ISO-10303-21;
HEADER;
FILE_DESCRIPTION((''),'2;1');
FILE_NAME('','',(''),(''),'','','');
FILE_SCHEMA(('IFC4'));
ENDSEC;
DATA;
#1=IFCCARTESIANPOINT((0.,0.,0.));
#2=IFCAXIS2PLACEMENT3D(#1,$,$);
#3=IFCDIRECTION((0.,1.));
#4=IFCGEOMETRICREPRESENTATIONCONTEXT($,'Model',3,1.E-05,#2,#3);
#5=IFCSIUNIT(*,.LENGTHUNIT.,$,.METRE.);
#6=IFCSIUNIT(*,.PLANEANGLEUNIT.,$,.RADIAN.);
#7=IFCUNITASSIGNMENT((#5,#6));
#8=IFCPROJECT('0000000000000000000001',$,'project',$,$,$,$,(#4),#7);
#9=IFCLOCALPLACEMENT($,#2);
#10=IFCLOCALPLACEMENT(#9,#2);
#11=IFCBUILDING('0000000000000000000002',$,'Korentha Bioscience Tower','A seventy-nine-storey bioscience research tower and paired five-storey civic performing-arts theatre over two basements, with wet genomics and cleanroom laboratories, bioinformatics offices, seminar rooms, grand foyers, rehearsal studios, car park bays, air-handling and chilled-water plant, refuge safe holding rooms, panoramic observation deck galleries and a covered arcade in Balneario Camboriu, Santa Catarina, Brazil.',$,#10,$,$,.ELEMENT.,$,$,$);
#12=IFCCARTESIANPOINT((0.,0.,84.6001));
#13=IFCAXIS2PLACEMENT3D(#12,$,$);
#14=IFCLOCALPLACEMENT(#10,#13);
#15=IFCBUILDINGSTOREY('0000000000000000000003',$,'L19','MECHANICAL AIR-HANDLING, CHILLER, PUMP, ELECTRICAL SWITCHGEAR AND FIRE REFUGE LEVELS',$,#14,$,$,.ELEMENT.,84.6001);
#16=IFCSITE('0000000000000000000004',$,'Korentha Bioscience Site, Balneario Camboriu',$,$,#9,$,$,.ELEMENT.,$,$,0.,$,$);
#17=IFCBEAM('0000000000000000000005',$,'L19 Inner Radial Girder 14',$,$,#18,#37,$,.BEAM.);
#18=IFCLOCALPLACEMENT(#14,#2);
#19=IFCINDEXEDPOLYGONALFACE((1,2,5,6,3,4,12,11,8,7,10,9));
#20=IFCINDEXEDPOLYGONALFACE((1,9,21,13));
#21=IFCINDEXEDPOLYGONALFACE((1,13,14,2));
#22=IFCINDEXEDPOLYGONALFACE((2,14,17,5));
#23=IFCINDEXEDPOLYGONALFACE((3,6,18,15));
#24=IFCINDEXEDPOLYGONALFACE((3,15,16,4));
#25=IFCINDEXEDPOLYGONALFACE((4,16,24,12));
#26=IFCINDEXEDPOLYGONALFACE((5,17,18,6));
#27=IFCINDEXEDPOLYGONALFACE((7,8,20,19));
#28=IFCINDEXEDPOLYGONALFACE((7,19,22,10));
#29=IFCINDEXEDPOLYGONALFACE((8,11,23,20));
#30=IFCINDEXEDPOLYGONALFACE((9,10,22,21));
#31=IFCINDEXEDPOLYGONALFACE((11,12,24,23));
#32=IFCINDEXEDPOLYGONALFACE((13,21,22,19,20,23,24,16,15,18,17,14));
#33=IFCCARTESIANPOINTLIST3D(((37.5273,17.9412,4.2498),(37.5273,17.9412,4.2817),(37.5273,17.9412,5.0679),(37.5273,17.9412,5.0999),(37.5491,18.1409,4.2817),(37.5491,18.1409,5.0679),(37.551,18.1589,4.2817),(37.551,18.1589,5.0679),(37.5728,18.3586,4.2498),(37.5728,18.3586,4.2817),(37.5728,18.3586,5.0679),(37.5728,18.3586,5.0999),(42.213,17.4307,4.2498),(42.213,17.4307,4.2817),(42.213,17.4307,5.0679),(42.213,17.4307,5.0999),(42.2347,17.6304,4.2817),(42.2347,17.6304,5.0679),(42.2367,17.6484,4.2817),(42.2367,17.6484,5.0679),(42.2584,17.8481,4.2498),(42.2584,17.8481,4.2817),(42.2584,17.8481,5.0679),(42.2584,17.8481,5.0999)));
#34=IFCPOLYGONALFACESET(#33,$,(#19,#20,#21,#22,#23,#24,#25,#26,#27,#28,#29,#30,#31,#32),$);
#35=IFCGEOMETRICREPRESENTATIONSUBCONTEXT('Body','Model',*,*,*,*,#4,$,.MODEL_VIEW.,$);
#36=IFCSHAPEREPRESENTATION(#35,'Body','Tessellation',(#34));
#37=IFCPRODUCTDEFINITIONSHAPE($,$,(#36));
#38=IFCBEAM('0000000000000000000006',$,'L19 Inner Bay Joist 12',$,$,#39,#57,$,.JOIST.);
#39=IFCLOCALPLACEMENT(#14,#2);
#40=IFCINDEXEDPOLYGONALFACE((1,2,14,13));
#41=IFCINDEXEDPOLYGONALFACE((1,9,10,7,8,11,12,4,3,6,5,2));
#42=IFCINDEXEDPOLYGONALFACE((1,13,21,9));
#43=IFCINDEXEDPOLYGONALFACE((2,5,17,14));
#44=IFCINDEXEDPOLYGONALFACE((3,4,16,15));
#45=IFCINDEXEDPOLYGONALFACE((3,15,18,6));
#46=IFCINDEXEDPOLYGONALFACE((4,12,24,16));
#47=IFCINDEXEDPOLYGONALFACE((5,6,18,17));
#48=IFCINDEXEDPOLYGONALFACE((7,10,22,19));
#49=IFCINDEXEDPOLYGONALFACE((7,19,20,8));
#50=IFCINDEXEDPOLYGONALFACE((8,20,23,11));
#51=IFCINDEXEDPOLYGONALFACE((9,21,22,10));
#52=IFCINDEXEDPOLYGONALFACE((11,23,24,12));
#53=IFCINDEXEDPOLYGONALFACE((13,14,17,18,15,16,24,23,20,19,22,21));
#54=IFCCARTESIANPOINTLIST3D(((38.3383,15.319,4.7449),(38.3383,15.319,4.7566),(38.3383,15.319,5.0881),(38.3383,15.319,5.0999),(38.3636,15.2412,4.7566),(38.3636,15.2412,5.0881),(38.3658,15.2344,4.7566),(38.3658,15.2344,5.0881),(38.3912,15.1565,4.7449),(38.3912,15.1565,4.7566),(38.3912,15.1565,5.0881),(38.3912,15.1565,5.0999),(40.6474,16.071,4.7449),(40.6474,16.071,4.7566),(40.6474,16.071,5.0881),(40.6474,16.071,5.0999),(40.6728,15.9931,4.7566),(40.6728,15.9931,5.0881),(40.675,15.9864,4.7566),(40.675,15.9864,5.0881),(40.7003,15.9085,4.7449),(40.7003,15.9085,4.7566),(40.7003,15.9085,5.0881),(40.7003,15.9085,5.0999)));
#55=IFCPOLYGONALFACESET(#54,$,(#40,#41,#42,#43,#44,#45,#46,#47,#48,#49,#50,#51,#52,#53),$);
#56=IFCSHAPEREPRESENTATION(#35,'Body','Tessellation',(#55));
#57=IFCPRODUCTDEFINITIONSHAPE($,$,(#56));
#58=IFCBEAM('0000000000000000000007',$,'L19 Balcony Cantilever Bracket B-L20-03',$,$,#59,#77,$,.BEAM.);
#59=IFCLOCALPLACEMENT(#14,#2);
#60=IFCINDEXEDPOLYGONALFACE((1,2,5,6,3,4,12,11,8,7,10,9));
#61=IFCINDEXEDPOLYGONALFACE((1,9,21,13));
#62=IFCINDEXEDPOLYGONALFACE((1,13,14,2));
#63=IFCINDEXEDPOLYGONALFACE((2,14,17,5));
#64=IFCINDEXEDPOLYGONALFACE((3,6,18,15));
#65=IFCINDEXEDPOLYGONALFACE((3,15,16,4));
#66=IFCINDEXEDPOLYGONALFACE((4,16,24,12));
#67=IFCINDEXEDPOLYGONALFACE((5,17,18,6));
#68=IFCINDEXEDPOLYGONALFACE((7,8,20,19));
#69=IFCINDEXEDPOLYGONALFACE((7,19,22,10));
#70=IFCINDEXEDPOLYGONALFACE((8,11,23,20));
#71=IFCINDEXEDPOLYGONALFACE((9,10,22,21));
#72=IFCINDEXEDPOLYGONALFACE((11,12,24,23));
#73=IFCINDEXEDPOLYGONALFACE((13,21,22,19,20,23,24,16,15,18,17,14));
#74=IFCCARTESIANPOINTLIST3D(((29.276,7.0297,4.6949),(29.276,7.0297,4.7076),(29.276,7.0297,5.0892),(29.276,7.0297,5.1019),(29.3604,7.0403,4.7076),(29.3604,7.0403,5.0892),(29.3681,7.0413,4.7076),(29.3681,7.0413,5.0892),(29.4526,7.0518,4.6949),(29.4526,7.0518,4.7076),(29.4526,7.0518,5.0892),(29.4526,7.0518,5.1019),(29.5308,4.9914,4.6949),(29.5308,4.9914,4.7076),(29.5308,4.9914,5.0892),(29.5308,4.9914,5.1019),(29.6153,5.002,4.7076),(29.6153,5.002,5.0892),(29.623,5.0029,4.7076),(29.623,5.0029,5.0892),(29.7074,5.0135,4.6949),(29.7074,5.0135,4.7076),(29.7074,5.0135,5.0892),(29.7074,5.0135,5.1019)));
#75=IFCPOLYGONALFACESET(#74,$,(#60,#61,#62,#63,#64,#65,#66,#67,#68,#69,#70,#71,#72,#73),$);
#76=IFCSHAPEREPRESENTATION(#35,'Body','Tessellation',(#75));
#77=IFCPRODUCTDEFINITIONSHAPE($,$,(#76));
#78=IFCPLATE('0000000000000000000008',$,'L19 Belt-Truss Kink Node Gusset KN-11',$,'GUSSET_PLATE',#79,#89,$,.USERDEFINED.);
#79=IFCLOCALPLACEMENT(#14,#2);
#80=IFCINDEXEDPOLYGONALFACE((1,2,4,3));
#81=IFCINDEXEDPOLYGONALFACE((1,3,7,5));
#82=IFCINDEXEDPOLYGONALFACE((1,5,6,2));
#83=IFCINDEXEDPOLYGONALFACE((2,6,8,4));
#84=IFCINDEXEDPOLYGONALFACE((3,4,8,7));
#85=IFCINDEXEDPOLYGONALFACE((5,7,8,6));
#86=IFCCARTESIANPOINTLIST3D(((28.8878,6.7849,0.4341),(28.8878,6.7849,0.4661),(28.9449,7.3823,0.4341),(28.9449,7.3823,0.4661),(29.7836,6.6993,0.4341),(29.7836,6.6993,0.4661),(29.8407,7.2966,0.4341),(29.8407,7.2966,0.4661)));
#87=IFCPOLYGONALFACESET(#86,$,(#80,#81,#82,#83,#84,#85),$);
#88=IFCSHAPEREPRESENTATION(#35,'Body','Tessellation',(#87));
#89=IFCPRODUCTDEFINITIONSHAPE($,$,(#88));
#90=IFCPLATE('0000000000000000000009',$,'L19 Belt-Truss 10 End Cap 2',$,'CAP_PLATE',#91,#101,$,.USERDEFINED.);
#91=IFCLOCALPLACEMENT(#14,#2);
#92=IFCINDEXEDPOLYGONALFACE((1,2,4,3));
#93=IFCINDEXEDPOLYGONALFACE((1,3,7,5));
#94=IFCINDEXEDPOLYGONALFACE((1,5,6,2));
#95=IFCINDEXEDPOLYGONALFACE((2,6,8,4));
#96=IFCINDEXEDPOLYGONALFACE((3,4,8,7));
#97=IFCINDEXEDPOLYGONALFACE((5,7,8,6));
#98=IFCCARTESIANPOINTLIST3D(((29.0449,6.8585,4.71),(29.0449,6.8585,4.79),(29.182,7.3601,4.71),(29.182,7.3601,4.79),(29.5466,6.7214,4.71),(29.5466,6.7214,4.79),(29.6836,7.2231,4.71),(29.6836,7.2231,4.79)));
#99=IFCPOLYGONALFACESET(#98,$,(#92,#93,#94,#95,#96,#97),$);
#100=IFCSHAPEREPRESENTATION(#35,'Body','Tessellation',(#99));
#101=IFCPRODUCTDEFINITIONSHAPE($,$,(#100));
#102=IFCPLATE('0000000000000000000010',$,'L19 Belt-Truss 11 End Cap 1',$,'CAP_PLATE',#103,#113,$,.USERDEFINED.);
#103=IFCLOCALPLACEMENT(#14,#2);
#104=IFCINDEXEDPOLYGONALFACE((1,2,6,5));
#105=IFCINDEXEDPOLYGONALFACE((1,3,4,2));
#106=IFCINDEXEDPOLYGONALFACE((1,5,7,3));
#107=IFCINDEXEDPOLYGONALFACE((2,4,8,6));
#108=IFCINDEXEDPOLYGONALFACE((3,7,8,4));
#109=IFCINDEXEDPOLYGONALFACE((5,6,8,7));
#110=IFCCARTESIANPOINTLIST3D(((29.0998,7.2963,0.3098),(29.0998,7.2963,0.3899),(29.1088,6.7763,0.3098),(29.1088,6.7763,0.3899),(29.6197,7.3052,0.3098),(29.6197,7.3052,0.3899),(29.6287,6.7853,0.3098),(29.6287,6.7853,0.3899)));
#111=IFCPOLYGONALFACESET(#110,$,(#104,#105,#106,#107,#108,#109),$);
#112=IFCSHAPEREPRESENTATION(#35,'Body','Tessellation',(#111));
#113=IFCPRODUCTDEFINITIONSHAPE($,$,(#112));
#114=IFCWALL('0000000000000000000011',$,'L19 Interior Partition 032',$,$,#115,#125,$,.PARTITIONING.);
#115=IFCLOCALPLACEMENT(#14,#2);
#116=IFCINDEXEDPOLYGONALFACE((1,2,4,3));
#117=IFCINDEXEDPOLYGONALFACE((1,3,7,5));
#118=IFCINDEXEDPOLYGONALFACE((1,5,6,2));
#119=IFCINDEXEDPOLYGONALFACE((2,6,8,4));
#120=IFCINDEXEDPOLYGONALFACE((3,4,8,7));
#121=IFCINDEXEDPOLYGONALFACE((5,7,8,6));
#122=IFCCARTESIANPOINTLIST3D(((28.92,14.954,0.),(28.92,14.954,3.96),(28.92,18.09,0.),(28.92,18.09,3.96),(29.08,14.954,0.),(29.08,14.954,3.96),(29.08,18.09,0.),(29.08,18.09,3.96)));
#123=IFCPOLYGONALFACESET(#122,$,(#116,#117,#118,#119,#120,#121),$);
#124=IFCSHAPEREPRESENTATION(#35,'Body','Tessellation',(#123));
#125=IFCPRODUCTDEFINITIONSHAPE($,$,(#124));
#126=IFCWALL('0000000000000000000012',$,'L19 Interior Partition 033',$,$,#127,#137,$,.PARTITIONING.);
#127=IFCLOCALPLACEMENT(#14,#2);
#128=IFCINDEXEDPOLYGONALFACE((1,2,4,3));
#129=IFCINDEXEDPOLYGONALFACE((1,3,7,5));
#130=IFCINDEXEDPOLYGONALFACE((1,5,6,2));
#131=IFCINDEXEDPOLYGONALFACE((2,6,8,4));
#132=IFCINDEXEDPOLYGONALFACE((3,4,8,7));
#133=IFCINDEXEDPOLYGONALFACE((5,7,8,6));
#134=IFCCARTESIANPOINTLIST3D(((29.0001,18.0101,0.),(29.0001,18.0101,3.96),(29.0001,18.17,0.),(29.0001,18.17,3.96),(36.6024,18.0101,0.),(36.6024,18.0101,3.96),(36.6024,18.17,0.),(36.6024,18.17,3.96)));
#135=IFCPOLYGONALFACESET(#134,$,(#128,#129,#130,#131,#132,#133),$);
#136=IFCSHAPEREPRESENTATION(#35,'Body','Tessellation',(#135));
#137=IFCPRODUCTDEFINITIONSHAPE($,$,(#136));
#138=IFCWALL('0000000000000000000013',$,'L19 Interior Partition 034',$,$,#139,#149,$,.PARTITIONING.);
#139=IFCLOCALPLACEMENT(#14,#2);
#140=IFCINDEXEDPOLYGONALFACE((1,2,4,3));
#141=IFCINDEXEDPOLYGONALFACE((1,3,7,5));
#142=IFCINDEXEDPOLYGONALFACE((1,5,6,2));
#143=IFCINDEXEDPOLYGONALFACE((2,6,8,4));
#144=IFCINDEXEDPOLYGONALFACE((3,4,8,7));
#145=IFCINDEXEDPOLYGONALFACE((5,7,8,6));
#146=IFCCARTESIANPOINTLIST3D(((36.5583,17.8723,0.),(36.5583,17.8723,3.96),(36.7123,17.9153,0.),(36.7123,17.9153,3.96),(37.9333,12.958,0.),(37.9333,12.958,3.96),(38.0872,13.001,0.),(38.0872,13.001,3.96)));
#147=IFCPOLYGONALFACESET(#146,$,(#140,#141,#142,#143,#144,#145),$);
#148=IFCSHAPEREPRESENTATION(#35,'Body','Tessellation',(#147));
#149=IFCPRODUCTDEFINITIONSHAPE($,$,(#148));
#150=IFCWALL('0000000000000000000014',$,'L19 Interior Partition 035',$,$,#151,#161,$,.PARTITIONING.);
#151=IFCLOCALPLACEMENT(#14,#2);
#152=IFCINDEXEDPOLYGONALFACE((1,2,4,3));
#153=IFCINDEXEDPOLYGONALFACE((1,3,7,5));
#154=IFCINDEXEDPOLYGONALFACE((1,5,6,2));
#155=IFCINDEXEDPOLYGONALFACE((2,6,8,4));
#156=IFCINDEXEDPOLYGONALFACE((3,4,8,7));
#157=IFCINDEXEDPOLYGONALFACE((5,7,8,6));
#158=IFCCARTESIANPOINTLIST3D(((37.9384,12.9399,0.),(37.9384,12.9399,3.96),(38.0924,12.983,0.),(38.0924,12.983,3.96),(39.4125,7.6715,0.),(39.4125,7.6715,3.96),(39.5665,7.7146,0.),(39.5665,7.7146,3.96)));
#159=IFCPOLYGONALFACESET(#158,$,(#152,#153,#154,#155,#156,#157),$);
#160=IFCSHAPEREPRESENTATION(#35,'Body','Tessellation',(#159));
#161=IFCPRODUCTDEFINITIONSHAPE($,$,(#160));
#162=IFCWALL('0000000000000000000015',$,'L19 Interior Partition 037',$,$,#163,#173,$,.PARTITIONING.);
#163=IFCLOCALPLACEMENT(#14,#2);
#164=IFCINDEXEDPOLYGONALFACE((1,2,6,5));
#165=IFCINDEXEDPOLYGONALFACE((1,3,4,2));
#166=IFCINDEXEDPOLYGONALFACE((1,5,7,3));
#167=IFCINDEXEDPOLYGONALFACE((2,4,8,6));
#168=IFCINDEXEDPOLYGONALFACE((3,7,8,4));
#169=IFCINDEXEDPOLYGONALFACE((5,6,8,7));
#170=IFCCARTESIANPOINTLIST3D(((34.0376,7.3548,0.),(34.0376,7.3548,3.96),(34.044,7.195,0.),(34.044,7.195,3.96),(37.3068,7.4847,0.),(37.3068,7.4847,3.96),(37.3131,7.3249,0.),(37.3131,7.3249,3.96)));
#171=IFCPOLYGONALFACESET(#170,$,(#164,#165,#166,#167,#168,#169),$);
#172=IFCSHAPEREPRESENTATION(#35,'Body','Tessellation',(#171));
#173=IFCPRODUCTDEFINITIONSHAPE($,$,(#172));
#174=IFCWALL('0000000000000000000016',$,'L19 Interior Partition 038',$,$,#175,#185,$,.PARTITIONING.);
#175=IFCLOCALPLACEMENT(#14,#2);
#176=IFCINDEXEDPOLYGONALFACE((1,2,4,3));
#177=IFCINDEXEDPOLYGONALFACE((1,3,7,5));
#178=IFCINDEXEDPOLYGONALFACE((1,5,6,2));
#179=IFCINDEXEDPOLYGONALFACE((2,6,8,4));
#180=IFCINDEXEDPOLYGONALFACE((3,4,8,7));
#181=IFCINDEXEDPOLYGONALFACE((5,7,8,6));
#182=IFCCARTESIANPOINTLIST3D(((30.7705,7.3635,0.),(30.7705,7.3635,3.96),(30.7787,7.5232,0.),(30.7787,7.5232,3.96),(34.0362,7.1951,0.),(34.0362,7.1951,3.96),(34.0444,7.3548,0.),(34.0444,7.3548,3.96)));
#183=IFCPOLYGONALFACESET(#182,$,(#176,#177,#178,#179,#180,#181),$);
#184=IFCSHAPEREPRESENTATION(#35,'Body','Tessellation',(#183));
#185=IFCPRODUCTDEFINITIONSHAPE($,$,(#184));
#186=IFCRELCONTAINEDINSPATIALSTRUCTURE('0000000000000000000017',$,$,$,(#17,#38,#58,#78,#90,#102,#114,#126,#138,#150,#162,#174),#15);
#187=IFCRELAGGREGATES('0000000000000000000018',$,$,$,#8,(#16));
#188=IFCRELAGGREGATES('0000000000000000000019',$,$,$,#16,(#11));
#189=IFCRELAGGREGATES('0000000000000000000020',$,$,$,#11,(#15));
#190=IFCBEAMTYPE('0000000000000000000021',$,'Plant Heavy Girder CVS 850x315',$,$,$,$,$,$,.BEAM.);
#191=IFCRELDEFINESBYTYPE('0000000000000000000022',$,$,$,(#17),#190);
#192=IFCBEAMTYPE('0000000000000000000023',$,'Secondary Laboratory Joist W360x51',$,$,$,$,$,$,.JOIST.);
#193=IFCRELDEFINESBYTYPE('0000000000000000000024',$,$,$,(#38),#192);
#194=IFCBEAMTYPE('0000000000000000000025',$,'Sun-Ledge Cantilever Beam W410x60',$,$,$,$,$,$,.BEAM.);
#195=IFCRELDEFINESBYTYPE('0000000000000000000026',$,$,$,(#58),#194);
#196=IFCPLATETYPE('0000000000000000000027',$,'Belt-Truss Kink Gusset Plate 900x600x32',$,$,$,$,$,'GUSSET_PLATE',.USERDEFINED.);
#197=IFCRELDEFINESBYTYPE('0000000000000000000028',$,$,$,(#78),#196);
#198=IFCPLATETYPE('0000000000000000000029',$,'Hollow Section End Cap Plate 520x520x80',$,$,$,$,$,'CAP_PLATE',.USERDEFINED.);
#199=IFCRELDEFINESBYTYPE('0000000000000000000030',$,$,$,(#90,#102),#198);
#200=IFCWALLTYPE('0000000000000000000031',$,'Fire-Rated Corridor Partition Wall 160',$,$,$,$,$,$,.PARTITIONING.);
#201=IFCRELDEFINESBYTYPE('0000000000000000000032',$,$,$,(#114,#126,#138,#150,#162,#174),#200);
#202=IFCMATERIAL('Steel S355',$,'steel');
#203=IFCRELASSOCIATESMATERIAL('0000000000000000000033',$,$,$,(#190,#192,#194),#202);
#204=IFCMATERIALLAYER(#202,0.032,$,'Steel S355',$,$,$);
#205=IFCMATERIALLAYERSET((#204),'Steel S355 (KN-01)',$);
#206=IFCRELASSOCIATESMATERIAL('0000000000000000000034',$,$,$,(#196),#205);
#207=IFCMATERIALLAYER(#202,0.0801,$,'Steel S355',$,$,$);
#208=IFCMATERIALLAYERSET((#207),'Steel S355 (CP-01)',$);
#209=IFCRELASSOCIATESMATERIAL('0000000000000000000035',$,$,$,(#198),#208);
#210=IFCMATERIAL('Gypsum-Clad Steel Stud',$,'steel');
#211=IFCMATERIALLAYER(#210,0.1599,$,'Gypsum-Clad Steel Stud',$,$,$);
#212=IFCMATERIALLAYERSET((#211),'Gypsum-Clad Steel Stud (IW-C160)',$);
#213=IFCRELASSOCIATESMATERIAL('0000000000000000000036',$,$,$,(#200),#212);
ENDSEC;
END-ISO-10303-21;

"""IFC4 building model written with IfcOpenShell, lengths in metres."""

from ifc_helpers import new_model, si_unit, direction, frame, frame_2d, origin, origin_2d, place, context, subcontext, project, spatial, rectangle, i_section, extrude, material, layer, layer_set, material_profile, profile_set, type_object, element, save


model = new_model("IFC4")

# Units and contexts
model_context = context("Model", 3, precision=1e-05, world=origin(), true_north=direction((0.0, 1.0)))
body_context = subcontext(model_context, "Body", "Model", "MODEL_VIEW")
ifc_project = project(units=[si_unit("LENGTHUNIT", "METRE"), si_unit("PLANEANGLEUNIT", "RADIAN")], contexts=[model_context])

# Site, building, storey
site_placement = place(None, origin())
site = spatial("IfcSite", under=ifc_project, at=site_placement, Name="Korentha Bioscience Site, Balneario Camboriu", CompositionType="ELEMENT", RefElevation=0.0)
building_placement = place(site_placement, origin())
building = spatial("IfcBuilding", under=site, at=building_placement, Name="Korentha Bioscience Tower", Description="A seventy-nine-storey bioscience research tower and paired five-storey civic performing-arts theatre over two basements, with wet genomics and cleanroom laboratories, bioinformatics offices, seminar rooms, grand foyers, rehearsal studios, car park bays, air-handling and chilled-water plant, refuge safe holding rooms, panoramic observation deck galleries and a covered arcade in Balneario Camboriu, Santa Catarina, Brazil.", CompositionType="ELEMENT")
storey_placement = place(building_placement, frame((0.0, 0.0, 84.6001)))
storey = spatial("IfcBuildingStorey", under=building, at=storey_placement, Name="L19", Description="MECHANICAL AIR-HANDLING, CHILLER, PUMP, ELECTRICAL SWITCHGEAR AND FIRE REFUGE LEVELS", CompositionType="ELEMENT", Elevation=84.6001)

# Shared definitions
ifc_material_1 = material(Name="Steel S355", Category="steel")

# Beams
ifc_material_profile_1 = material_profile(ifc_material_1, i_section(OverallWidth=0.4199, OverallDepth=0.8501, WebThickness=0.0181, FlangeThickness=0.032, at=origin_2d()), Name="Steel S355")
ifc_profile_set_1 = profile_set([ifc_material_profile_1], Name="Steel S355 (MB-850)")
beam_type_1 = type_object("IfcBeamType", Name="Plant Heavy Girder CVS 850x315", PredefinedType="BEAM", material=ifc_profile_set_1)
beam_1_placement = place(storey_placement, frame((37.55, 18.1499, 4.6748), z_axis=(0.994117, -0.108311, 0.0), x_axis=(0.108311, 0.994117, 0.0)))
element("IfcBeam", 1, at=beam_1_placement, inside=storey, type_object=beam_type_1, Name="L19 Inner Radial Girder 14", PredefinedType="BEAM", context=body_context, shape_type="SweptSolid", body=[
    extrude(i_section(OverallWidth=0.4199, OverallDepth=0.8501, WebThickness=0.0181, FlangeThickness=0.032, at=origin_2d()), origin(), (0.0, 0.0, 1.0), 4.7134),
])
ifc_material_profile_2 = material_profile(ifc_material_1, i_section(OverallWidth=0.1709, OverallDepth=0.355, WebThickness=0.0071, FlangeThickness=0.0117, at=origin_2d()), Name="Steel S355")
ifc_profile_set_2 = profile_set([ifc_material_profile_2], Name="Steel S355 (JB-360)")
beam_type_2 = type_object("IfcBeamType", Name="Secondary Laboratory Joist W360x51", PredefinedType="JOIST", material=ifc_profile_set_2)
beam_2_placement = place(storey_placement, frame((38.3647, 15.2378, 4.9224), z_axis=(0.950852, 0.309645, 0.0), x_axis=(-0.309645, 0.950852, 0.0)))
element("IfcBeam", 2, at=beam_2_placement, inside=storey, type_object=beam_type_2, Name="L19 Inner Bay Joist 12", PredefinedType="JOIST", context=body_context, shape_type="SweptSolid", body=[
    extrude(i_section(OverallWidth=0.1709, OverallDepth=0.355, WebThickness=0.0071, FlangeThickness=0.0117, at=origin_2d()), origin(), (0.0, 0.0, 1.0), 2.4285),
])
ifc_material_profile_3 = material_profile(ifc_material_1, i_section(OverallWidth=0.178, OverallDepth=0.407, WebThickness=0.0078, FlangeThickness=0.0127, at=origin_2d()), Name="Steel S355")
ifc_profile_set_3 = profile_set([ifc_material_profile_3], Name="Steel S355 (CB-410)")
beam_type_3 = type_object("IfcBeamType", Name="Sun-Ledge Cantilever Beam W410x60", PredefinedType="BEAM", material=ifc_profile_set_3)
beam_3_placement = place(storey_placement, frame((29.3643, 7.0408, 4.8984), z_axis=(0.124079, -0.992272, 0.0), x_axis=(0.992272, 0.124079, 0.0)))
element("IfcBeam", 3, at=beam_3_placement, inside=storey, type_object=beam_type_3, Name="L19 Balcony Cantilever Bracket B-L20-03", PredefinedType="BEAM", context=body_context, shape_type="SweptSolid", body=[
    extrude(i_section(OverallWidth=0.178, OverallDepth=0.407, WebThickness=0.0078, FlangeThickness=0.0127, at=origin_2d()), origin(), (0.0, 0.0, 1.0), 2.0542),
])

# Plates
ifc_layer_1 = layer(ifc_material_1, 0.032, Name="Steel S355")
ifc_layer_set_1 = layer_set([ifc_layer_1], Name="Steel S355 (KN-01)")
plate_type_1 = type_object("IfcPlateType", Name="Belt-Truss Kink Gusset Plate 900x600x32", ElementType="GUSSET_PLATE", PredefinedType="USERDEFINED", material=ifc_layer_set_1)
plate_placement = place(storey_placement, frame((29.3643, 7.0408, 0.4341), z_axis=(0.0, 0.0, 1.0), x_axis=(-0.995463, 0.095151, 0.0)))
element("IfcPlate", 4, at=plate_placement, inside=storey, type_object=plate_type_1, Name="L19 Belt-Truss Kink Node Gusset KN-11", ObjectType="GUSSET_PLATE", PredefinedType="USERDEFINED", context=body_context, shape_type="SweptSolid", body=[
    extrude(rectangle(XDim=0.8999, YDim=0.6001, at=origin_2d()), origin(), (0.0, 0.0, 1.0), 0.032),
])
ifc_layer_2 = layer(ifc_material_1, 0.0801, Name="Steel S355")
ifc_layer_set_2 = layer_set([ifc_layer_2], Name="Steel S355 (CP-01)")
plate_type_2 = type_object("IfcPlateType", Name="Hollow Section End Cap Plate 520x520x80", ElementType="CAP_PLATE", PredefinedType="USERDEFINED", material=ifc_layer_set_2)
for number, where, z_axis, x_axis, name in (
    (5, (29.3643, 7.0408, 4.71), (0.0, 0.0, 1.0), (-0.964649, 0.263536, 0.0), "L19 Belt-Truss 10 End Cap 2"),
    (6, (29.3643, 7.0408, 0.3098), (0.0, 0.0, 1.0), (0.999851, 0.017278, 0.0), "L19 Belt-Truss 11 End Cap 1"),
):
    element("IfcPlate", number, at=place(storey_placement, frame(where, z_axis=z_axis, x_axis=x_axis)), inside=storey, type_object=plate_type_2, Name=name, ObjectType="CAP_PLATE", PredefinedType="USERDEFINED", context=body_context, shape_type="SweptSolid", body=[
        extrude(rectangle(XDim=0.52, YDim=0.52, at=origin_2d()), origin(), (0.0, 0.0, 1.0), 0.0801),
    ])

# Walls
ifc_material_2 = material(Name="Gypsum-Clad Steel Stud", Category="steel")
ifc_layer_3 = layer(ifc_material_2, 0.1599, Name="Gypsum-Clad Steel Stud")
ifc_layer_set_3 = layer_set([ifc_layer_3], Name="Gypsum-Clad Steel Stud (IW-C160)")
wall_type_1 = type_object("IfcWallType", Name="Fire-Rated Corridor Partition Wall 160", PredefinedType="PARTITIONING", material=ifc_layer_set_3)
wall_1_placement = place(storey_placement, frame((29.0, 14.9541, 0.0), z_axis=(0.0, 0.0, 1.0), x_axis=(0.0, 1.0, 0.0)))
element("IfcWall", 7, at=wall_1_placement, inside=storey, type_object=wall_type_1, Name="L19 Interior Partition 032", PredefinedType="PARTITIONING", context=body_context, shape_type="SweptSolid", body=[
    extrude(rectangle(XDim=3.136, YDim=0.1599, at=frame_2d((1.5679, 0.0))), origin(), (0.0, 0.0, 1.0), 3.96),
])
wall_2_placement = place(storey_placement, frame((29.0, 18.0901, 0.0), z_axis=(0.0, 0.0, 1.0), x_axis=(1.0, 0.0, 0.0)))
element("IfcWall", 8, at=wall_2_placement, inside=storey, type_object=wall_type_1, Name="L19 Interior Partition 033", PredefinedType="PARTITIONING", context=body_context, shape_type="SweptSolid", body=[
    extrude(rectangle(XDim=7.6023, YDim=0.1599, at=frame_2d((3.8013, 0.0))), origin(), (0.0, 0.0, 1.0), 3.96),
])
wall_3_placement = place(storey_placement, frame((36.6353, 17.8938, 0.0), z_axis=(0.0, 0.0, 1.0), x_axis=(0.269447, -0.963015, 0.0)))
element("IfcWall", 9, at=wall_3_placement, inside=storey, type_object=wall_type_1, Name="L19 Interior Partition 034", PredefinedType="PARTITIONING", context=body_context, shape_type="SweptSolid", body=[
    extrude(rectangle(XDim=5.103, YDim=0.1599, at=frame_2d((2.5515, 0.0))), origin(), (0.0, 0.0, 1.0), 3.96),
])
wall_4_placement = place(storey_placement, frame((38.0154, 12.9614, 0.0), z_axis=(0.0, 0.0, 1.0), x_axis=(0.269459, -0.963012, 0.0)))
element("IfcWall", 10, at=wall_4_placement, inside=storey, type_object=wall_type_1, Name="L19 Interior Partition 035", PredefinedType="PARTITIONING", context=body_context, shape_type="SweptSolid", body=[
    extrude(rectangle(XDim=5.4707, YDim=0.1599, at=frame_2d((2.7354, 0.0))), origin(), (0.0, 0.0, 1.0), 3.96),
])
wall_5_placement = place(storey_placement, frame((37.3098, 7.4048, 0.0), z_axis=(0.0, 0.0, 1.0), x_axis=(-0.999212, -0.0397, 0.0)))
element("IfcWall", 11, at=wall_5_placement, inside=storey, type_object=wall_type_1, Name="L19 Interior Partition 037", PredefinedType="PARTITIONING", context=body_context, shape_type="SweptSolid", body=[
    extrude(rectangle(XDim=3.2717, YDim=0.1599, at=frame_2d((1.6357, 0.0))), origin(), (0.0, 0.0, 1.0), 3.96),
])
wall_6_placement = place(storey_placement, frame((34.0403, 7.2749, 0.0), z_axis=(0.0, 0.0, 1.0), x_axis=(-0.998672, 0.051516, 0.0)))
element("IfcWall", 12, at=wall_6_placement, inside=storey, type_object=wall_type_1, Name="L19 Interior Partition 038", PredefinedType="PARTITIONING", context=body_context, shape_type="SweptSolid", body=[
    extrude(rectangle(XDim=3.27, YDim=0.1599, at=frame_2d((1.635, 0.0))), origin(), (0.0, 0.0, 1.0), 3.96),
])

save(model, "model.ifc")
